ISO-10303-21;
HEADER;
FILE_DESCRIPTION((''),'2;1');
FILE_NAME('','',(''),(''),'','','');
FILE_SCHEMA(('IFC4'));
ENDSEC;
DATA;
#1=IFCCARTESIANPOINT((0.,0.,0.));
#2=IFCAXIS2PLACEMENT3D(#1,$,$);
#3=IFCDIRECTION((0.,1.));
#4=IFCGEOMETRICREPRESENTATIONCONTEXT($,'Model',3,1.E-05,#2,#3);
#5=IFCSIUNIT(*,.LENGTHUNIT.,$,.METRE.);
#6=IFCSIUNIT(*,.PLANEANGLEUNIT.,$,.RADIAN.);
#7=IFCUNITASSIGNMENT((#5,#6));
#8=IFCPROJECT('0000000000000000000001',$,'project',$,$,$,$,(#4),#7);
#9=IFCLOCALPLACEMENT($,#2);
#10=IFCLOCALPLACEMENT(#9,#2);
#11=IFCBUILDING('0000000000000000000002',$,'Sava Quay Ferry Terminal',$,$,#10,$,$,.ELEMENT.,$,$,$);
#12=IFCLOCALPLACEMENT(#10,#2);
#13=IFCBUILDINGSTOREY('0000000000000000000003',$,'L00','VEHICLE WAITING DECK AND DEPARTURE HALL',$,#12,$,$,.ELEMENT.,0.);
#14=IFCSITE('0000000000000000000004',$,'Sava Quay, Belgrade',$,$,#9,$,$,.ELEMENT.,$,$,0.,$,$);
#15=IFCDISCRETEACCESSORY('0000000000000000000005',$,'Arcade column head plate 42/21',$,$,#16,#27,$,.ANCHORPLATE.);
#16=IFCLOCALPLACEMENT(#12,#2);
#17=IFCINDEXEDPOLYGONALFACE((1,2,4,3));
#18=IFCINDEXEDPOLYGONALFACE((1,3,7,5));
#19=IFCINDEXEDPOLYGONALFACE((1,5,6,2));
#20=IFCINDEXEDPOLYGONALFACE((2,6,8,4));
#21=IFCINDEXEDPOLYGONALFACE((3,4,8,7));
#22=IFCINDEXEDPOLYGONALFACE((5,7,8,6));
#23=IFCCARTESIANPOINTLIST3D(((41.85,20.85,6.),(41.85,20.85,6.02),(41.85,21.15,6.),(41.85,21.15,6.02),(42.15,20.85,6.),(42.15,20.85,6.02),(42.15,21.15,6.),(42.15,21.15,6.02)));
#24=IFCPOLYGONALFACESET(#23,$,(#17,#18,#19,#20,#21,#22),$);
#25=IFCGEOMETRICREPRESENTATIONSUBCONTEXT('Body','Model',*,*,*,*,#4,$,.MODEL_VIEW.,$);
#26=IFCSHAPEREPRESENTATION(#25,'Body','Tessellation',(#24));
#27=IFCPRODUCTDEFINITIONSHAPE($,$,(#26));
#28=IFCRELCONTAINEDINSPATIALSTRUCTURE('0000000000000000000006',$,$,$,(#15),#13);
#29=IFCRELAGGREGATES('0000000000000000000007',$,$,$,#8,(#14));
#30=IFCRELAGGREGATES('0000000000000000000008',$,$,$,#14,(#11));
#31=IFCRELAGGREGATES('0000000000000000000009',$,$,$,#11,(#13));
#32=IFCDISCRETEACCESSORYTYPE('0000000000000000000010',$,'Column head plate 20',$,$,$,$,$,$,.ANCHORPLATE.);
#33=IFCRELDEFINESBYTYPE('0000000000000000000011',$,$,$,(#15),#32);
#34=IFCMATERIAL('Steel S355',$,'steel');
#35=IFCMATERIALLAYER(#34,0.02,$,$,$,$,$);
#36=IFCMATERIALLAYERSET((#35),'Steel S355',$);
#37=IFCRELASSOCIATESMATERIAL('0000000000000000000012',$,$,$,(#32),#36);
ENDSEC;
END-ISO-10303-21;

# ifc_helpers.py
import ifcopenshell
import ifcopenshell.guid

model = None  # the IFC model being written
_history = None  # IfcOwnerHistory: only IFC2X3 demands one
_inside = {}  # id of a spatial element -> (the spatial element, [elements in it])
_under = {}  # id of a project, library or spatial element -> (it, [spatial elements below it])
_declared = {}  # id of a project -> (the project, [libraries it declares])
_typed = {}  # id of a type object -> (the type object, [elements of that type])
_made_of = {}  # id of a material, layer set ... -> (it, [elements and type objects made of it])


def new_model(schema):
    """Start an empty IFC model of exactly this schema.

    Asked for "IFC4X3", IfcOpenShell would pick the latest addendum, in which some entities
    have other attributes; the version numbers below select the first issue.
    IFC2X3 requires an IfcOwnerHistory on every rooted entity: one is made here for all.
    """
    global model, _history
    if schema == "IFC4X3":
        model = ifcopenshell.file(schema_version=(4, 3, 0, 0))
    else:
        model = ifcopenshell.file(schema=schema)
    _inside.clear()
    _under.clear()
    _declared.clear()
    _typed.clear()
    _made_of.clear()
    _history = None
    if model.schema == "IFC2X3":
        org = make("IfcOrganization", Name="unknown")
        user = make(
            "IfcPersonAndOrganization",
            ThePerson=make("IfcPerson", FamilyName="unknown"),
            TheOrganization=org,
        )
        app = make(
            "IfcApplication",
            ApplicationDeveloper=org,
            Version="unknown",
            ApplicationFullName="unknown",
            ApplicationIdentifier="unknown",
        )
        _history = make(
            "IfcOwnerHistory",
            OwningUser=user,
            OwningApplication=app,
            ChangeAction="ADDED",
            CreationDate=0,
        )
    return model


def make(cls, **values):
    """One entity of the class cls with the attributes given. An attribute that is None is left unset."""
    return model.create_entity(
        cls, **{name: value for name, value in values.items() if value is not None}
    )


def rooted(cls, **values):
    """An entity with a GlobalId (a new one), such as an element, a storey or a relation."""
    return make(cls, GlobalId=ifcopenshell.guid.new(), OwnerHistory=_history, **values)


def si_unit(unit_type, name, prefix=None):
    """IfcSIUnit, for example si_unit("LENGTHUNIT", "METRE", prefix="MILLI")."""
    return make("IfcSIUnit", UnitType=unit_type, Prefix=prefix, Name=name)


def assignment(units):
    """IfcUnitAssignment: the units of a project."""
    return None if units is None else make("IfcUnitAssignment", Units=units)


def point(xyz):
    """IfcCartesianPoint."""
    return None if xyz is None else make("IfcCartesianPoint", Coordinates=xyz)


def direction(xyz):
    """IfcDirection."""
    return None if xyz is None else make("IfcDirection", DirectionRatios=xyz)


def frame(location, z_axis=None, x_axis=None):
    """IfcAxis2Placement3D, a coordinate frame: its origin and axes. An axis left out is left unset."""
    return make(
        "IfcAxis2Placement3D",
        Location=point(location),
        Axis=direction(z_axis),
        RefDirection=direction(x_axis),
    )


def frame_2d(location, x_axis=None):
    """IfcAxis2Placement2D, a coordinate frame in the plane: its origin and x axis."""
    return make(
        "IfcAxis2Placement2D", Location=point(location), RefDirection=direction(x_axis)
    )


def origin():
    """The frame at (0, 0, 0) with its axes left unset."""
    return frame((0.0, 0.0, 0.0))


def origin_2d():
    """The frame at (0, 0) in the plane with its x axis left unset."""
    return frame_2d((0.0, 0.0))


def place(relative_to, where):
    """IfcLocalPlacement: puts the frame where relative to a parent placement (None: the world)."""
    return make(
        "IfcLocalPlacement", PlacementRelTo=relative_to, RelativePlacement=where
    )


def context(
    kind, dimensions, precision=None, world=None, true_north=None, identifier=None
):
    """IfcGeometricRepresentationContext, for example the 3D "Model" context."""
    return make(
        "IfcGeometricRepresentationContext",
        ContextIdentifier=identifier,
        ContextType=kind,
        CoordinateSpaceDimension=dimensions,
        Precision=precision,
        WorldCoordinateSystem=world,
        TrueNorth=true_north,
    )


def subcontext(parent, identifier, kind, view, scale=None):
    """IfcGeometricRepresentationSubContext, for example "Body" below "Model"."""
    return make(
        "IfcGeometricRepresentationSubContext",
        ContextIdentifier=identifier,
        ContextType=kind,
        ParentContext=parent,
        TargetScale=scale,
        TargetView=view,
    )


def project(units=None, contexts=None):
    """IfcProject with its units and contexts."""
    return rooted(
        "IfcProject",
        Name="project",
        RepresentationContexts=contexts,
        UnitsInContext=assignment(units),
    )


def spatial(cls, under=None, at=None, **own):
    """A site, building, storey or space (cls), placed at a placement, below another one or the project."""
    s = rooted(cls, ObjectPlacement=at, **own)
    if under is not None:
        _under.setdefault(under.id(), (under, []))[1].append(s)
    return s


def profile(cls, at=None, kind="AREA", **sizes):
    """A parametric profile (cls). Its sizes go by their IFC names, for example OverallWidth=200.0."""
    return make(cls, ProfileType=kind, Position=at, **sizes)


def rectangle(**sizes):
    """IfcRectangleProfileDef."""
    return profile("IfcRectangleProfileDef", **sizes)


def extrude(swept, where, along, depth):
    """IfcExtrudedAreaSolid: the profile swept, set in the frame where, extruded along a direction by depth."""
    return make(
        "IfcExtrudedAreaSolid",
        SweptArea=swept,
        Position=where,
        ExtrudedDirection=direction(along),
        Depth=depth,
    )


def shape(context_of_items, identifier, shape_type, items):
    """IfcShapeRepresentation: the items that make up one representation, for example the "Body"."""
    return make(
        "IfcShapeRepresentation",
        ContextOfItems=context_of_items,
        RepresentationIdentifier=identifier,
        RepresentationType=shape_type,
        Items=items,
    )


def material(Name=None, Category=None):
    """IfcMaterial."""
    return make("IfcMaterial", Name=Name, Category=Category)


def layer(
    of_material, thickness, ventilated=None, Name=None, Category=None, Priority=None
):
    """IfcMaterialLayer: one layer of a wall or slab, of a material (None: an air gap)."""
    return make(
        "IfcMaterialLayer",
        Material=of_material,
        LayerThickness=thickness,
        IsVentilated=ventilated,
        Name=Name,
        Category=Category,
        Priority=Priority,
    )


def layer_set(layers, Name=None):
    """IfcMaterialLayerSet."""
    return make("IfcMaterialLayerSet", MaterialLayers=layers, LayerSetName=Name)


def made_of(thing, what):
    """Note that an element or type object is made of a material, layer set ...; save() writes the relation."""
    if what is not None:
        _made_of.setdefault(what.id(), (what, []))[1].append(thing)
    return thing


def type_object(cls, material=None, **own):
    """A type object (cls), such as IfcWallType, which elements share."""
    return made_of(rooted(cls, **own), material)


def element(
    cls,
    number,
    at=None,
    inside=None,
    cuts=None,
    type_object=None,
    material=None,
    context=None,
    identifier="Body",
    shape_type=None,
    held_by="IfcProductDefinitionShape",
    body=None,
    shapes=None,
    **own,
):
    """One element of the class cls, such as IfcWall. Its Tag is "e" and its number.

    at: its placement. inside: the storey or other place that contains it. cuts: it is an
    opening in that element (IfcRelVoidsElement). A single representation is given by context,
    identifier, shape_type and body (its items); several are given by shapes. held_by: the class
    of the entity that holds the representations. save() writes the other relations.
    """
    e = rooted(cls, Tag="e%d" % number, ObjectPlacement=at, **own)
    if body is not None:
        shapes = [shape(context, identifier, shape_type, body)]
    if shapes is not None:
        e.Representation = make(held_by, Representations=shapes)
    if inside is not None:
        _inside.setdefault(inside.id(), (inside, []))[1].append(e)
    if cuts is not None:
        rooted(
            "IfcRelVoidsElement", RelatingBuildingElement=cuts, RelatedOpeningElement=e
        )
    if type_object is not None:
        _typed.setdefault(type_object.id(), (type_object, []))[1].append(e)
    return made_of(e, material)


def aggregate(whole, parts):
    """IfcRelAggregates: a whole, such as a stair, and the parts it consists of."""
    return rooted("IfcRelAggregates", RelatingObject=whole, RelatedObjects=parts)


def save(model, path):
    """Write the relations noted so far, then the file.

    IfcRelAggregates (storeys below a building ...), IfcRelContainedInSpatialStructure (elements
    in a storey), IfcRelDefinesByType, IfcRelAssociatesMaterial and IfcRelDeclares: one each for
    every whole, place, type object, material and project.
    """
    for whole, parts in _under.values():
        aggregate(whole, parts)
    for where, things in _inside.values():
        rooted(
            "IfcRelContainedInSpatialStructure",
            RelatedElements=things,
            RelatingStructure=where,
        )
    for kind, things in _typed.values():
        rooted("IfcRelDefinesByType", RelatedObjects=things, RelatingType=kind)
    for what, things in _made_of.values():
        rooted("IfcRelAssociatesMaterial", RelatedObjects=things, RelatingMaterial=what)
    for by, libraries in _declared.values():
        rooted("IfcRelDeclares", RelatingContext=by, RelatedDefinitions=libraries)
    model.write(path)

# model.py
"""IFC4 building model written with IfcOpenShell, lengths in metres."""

from ifc_helpers import new_model, si_unit, direction, frame, origin, origin_2d, place, context, subcontext, project, spatial, rectangle, extrude, material, layer, layer_set, type_object, element, save


model = new_model("IFC4")

# Units and contexts
model_context = context("Model", 3, precision=1e-05, world=origin(), true_north=direction((0.0, 1.0)))
body_context = subcontext(model_context, "Body", "Model", "MODEL_VIEW")
ifc_project = project(units=[si_unit("LENGTHUNIT", "METRE"), si_unit("PLANEANGLEUNIT", "RADIAN")], contexts=[model_context])

# Site, building, storey
site_placement = place(None, origin())
site = spatial("IfcSite", under=ifc_project, at=site_placement, Name="Sava Quay, Belgrade", CompositionType="ELEMENT", RefElevation=0.0)
building_placement = place(site_placement, origin())
building = spatial("IfcBuilding", under=site, at=building_placement, Name="Sava Quay Ferry Terminal", CompositionType="ELEMENT")
storey_placement = place(building_placement, origin())
storey = spatial("IfcBuildingStorey", under=building, at=storey_placement, Name="L00", Description="VEHICLE WAITING DECK AND DEPARTURE HALL", CompositionType="ELEMENT", Elevation=0.0)

# Discrete accessory
ifc_material_1 = material(Name="Steel S355", Category="steel")
ifc_layer_1 = layer(ifc_material_1, 0.02)
ifc_layer_set_1 = layer_set([ifc_layer_1], Name="Steel S355")
discrete_accessory_type = type_object("IfcDiscreteAccessoryType", Name="Column head plate 20", PredefinedType="ANCHORPLATE", material=ifc_layer_set_1)
discrete_accessory_placement = place(storey_placement, frame((42.0, 21.0, 6.0), z_axis=(0.0, 0.0, 1.0), x_axis=(1.0, 0.0, 0.0)))
element("IfcDiscreteAccessory", 1, at=discrete_accessory_placement, inside=storey, type_object=discrete_accessory_type, Name="Arcade column head plate 42/21", PredefinedType="ANCHORPLATE", context=body_context, shape_type="SweptSolid", body=[
    extrude(rectangle(XDim=0.3, YDim=0.3, at=origin_2d()), origin(), (0.0, 0.0, 1.0), 0.02),
])

save(model, "model.ifc")
